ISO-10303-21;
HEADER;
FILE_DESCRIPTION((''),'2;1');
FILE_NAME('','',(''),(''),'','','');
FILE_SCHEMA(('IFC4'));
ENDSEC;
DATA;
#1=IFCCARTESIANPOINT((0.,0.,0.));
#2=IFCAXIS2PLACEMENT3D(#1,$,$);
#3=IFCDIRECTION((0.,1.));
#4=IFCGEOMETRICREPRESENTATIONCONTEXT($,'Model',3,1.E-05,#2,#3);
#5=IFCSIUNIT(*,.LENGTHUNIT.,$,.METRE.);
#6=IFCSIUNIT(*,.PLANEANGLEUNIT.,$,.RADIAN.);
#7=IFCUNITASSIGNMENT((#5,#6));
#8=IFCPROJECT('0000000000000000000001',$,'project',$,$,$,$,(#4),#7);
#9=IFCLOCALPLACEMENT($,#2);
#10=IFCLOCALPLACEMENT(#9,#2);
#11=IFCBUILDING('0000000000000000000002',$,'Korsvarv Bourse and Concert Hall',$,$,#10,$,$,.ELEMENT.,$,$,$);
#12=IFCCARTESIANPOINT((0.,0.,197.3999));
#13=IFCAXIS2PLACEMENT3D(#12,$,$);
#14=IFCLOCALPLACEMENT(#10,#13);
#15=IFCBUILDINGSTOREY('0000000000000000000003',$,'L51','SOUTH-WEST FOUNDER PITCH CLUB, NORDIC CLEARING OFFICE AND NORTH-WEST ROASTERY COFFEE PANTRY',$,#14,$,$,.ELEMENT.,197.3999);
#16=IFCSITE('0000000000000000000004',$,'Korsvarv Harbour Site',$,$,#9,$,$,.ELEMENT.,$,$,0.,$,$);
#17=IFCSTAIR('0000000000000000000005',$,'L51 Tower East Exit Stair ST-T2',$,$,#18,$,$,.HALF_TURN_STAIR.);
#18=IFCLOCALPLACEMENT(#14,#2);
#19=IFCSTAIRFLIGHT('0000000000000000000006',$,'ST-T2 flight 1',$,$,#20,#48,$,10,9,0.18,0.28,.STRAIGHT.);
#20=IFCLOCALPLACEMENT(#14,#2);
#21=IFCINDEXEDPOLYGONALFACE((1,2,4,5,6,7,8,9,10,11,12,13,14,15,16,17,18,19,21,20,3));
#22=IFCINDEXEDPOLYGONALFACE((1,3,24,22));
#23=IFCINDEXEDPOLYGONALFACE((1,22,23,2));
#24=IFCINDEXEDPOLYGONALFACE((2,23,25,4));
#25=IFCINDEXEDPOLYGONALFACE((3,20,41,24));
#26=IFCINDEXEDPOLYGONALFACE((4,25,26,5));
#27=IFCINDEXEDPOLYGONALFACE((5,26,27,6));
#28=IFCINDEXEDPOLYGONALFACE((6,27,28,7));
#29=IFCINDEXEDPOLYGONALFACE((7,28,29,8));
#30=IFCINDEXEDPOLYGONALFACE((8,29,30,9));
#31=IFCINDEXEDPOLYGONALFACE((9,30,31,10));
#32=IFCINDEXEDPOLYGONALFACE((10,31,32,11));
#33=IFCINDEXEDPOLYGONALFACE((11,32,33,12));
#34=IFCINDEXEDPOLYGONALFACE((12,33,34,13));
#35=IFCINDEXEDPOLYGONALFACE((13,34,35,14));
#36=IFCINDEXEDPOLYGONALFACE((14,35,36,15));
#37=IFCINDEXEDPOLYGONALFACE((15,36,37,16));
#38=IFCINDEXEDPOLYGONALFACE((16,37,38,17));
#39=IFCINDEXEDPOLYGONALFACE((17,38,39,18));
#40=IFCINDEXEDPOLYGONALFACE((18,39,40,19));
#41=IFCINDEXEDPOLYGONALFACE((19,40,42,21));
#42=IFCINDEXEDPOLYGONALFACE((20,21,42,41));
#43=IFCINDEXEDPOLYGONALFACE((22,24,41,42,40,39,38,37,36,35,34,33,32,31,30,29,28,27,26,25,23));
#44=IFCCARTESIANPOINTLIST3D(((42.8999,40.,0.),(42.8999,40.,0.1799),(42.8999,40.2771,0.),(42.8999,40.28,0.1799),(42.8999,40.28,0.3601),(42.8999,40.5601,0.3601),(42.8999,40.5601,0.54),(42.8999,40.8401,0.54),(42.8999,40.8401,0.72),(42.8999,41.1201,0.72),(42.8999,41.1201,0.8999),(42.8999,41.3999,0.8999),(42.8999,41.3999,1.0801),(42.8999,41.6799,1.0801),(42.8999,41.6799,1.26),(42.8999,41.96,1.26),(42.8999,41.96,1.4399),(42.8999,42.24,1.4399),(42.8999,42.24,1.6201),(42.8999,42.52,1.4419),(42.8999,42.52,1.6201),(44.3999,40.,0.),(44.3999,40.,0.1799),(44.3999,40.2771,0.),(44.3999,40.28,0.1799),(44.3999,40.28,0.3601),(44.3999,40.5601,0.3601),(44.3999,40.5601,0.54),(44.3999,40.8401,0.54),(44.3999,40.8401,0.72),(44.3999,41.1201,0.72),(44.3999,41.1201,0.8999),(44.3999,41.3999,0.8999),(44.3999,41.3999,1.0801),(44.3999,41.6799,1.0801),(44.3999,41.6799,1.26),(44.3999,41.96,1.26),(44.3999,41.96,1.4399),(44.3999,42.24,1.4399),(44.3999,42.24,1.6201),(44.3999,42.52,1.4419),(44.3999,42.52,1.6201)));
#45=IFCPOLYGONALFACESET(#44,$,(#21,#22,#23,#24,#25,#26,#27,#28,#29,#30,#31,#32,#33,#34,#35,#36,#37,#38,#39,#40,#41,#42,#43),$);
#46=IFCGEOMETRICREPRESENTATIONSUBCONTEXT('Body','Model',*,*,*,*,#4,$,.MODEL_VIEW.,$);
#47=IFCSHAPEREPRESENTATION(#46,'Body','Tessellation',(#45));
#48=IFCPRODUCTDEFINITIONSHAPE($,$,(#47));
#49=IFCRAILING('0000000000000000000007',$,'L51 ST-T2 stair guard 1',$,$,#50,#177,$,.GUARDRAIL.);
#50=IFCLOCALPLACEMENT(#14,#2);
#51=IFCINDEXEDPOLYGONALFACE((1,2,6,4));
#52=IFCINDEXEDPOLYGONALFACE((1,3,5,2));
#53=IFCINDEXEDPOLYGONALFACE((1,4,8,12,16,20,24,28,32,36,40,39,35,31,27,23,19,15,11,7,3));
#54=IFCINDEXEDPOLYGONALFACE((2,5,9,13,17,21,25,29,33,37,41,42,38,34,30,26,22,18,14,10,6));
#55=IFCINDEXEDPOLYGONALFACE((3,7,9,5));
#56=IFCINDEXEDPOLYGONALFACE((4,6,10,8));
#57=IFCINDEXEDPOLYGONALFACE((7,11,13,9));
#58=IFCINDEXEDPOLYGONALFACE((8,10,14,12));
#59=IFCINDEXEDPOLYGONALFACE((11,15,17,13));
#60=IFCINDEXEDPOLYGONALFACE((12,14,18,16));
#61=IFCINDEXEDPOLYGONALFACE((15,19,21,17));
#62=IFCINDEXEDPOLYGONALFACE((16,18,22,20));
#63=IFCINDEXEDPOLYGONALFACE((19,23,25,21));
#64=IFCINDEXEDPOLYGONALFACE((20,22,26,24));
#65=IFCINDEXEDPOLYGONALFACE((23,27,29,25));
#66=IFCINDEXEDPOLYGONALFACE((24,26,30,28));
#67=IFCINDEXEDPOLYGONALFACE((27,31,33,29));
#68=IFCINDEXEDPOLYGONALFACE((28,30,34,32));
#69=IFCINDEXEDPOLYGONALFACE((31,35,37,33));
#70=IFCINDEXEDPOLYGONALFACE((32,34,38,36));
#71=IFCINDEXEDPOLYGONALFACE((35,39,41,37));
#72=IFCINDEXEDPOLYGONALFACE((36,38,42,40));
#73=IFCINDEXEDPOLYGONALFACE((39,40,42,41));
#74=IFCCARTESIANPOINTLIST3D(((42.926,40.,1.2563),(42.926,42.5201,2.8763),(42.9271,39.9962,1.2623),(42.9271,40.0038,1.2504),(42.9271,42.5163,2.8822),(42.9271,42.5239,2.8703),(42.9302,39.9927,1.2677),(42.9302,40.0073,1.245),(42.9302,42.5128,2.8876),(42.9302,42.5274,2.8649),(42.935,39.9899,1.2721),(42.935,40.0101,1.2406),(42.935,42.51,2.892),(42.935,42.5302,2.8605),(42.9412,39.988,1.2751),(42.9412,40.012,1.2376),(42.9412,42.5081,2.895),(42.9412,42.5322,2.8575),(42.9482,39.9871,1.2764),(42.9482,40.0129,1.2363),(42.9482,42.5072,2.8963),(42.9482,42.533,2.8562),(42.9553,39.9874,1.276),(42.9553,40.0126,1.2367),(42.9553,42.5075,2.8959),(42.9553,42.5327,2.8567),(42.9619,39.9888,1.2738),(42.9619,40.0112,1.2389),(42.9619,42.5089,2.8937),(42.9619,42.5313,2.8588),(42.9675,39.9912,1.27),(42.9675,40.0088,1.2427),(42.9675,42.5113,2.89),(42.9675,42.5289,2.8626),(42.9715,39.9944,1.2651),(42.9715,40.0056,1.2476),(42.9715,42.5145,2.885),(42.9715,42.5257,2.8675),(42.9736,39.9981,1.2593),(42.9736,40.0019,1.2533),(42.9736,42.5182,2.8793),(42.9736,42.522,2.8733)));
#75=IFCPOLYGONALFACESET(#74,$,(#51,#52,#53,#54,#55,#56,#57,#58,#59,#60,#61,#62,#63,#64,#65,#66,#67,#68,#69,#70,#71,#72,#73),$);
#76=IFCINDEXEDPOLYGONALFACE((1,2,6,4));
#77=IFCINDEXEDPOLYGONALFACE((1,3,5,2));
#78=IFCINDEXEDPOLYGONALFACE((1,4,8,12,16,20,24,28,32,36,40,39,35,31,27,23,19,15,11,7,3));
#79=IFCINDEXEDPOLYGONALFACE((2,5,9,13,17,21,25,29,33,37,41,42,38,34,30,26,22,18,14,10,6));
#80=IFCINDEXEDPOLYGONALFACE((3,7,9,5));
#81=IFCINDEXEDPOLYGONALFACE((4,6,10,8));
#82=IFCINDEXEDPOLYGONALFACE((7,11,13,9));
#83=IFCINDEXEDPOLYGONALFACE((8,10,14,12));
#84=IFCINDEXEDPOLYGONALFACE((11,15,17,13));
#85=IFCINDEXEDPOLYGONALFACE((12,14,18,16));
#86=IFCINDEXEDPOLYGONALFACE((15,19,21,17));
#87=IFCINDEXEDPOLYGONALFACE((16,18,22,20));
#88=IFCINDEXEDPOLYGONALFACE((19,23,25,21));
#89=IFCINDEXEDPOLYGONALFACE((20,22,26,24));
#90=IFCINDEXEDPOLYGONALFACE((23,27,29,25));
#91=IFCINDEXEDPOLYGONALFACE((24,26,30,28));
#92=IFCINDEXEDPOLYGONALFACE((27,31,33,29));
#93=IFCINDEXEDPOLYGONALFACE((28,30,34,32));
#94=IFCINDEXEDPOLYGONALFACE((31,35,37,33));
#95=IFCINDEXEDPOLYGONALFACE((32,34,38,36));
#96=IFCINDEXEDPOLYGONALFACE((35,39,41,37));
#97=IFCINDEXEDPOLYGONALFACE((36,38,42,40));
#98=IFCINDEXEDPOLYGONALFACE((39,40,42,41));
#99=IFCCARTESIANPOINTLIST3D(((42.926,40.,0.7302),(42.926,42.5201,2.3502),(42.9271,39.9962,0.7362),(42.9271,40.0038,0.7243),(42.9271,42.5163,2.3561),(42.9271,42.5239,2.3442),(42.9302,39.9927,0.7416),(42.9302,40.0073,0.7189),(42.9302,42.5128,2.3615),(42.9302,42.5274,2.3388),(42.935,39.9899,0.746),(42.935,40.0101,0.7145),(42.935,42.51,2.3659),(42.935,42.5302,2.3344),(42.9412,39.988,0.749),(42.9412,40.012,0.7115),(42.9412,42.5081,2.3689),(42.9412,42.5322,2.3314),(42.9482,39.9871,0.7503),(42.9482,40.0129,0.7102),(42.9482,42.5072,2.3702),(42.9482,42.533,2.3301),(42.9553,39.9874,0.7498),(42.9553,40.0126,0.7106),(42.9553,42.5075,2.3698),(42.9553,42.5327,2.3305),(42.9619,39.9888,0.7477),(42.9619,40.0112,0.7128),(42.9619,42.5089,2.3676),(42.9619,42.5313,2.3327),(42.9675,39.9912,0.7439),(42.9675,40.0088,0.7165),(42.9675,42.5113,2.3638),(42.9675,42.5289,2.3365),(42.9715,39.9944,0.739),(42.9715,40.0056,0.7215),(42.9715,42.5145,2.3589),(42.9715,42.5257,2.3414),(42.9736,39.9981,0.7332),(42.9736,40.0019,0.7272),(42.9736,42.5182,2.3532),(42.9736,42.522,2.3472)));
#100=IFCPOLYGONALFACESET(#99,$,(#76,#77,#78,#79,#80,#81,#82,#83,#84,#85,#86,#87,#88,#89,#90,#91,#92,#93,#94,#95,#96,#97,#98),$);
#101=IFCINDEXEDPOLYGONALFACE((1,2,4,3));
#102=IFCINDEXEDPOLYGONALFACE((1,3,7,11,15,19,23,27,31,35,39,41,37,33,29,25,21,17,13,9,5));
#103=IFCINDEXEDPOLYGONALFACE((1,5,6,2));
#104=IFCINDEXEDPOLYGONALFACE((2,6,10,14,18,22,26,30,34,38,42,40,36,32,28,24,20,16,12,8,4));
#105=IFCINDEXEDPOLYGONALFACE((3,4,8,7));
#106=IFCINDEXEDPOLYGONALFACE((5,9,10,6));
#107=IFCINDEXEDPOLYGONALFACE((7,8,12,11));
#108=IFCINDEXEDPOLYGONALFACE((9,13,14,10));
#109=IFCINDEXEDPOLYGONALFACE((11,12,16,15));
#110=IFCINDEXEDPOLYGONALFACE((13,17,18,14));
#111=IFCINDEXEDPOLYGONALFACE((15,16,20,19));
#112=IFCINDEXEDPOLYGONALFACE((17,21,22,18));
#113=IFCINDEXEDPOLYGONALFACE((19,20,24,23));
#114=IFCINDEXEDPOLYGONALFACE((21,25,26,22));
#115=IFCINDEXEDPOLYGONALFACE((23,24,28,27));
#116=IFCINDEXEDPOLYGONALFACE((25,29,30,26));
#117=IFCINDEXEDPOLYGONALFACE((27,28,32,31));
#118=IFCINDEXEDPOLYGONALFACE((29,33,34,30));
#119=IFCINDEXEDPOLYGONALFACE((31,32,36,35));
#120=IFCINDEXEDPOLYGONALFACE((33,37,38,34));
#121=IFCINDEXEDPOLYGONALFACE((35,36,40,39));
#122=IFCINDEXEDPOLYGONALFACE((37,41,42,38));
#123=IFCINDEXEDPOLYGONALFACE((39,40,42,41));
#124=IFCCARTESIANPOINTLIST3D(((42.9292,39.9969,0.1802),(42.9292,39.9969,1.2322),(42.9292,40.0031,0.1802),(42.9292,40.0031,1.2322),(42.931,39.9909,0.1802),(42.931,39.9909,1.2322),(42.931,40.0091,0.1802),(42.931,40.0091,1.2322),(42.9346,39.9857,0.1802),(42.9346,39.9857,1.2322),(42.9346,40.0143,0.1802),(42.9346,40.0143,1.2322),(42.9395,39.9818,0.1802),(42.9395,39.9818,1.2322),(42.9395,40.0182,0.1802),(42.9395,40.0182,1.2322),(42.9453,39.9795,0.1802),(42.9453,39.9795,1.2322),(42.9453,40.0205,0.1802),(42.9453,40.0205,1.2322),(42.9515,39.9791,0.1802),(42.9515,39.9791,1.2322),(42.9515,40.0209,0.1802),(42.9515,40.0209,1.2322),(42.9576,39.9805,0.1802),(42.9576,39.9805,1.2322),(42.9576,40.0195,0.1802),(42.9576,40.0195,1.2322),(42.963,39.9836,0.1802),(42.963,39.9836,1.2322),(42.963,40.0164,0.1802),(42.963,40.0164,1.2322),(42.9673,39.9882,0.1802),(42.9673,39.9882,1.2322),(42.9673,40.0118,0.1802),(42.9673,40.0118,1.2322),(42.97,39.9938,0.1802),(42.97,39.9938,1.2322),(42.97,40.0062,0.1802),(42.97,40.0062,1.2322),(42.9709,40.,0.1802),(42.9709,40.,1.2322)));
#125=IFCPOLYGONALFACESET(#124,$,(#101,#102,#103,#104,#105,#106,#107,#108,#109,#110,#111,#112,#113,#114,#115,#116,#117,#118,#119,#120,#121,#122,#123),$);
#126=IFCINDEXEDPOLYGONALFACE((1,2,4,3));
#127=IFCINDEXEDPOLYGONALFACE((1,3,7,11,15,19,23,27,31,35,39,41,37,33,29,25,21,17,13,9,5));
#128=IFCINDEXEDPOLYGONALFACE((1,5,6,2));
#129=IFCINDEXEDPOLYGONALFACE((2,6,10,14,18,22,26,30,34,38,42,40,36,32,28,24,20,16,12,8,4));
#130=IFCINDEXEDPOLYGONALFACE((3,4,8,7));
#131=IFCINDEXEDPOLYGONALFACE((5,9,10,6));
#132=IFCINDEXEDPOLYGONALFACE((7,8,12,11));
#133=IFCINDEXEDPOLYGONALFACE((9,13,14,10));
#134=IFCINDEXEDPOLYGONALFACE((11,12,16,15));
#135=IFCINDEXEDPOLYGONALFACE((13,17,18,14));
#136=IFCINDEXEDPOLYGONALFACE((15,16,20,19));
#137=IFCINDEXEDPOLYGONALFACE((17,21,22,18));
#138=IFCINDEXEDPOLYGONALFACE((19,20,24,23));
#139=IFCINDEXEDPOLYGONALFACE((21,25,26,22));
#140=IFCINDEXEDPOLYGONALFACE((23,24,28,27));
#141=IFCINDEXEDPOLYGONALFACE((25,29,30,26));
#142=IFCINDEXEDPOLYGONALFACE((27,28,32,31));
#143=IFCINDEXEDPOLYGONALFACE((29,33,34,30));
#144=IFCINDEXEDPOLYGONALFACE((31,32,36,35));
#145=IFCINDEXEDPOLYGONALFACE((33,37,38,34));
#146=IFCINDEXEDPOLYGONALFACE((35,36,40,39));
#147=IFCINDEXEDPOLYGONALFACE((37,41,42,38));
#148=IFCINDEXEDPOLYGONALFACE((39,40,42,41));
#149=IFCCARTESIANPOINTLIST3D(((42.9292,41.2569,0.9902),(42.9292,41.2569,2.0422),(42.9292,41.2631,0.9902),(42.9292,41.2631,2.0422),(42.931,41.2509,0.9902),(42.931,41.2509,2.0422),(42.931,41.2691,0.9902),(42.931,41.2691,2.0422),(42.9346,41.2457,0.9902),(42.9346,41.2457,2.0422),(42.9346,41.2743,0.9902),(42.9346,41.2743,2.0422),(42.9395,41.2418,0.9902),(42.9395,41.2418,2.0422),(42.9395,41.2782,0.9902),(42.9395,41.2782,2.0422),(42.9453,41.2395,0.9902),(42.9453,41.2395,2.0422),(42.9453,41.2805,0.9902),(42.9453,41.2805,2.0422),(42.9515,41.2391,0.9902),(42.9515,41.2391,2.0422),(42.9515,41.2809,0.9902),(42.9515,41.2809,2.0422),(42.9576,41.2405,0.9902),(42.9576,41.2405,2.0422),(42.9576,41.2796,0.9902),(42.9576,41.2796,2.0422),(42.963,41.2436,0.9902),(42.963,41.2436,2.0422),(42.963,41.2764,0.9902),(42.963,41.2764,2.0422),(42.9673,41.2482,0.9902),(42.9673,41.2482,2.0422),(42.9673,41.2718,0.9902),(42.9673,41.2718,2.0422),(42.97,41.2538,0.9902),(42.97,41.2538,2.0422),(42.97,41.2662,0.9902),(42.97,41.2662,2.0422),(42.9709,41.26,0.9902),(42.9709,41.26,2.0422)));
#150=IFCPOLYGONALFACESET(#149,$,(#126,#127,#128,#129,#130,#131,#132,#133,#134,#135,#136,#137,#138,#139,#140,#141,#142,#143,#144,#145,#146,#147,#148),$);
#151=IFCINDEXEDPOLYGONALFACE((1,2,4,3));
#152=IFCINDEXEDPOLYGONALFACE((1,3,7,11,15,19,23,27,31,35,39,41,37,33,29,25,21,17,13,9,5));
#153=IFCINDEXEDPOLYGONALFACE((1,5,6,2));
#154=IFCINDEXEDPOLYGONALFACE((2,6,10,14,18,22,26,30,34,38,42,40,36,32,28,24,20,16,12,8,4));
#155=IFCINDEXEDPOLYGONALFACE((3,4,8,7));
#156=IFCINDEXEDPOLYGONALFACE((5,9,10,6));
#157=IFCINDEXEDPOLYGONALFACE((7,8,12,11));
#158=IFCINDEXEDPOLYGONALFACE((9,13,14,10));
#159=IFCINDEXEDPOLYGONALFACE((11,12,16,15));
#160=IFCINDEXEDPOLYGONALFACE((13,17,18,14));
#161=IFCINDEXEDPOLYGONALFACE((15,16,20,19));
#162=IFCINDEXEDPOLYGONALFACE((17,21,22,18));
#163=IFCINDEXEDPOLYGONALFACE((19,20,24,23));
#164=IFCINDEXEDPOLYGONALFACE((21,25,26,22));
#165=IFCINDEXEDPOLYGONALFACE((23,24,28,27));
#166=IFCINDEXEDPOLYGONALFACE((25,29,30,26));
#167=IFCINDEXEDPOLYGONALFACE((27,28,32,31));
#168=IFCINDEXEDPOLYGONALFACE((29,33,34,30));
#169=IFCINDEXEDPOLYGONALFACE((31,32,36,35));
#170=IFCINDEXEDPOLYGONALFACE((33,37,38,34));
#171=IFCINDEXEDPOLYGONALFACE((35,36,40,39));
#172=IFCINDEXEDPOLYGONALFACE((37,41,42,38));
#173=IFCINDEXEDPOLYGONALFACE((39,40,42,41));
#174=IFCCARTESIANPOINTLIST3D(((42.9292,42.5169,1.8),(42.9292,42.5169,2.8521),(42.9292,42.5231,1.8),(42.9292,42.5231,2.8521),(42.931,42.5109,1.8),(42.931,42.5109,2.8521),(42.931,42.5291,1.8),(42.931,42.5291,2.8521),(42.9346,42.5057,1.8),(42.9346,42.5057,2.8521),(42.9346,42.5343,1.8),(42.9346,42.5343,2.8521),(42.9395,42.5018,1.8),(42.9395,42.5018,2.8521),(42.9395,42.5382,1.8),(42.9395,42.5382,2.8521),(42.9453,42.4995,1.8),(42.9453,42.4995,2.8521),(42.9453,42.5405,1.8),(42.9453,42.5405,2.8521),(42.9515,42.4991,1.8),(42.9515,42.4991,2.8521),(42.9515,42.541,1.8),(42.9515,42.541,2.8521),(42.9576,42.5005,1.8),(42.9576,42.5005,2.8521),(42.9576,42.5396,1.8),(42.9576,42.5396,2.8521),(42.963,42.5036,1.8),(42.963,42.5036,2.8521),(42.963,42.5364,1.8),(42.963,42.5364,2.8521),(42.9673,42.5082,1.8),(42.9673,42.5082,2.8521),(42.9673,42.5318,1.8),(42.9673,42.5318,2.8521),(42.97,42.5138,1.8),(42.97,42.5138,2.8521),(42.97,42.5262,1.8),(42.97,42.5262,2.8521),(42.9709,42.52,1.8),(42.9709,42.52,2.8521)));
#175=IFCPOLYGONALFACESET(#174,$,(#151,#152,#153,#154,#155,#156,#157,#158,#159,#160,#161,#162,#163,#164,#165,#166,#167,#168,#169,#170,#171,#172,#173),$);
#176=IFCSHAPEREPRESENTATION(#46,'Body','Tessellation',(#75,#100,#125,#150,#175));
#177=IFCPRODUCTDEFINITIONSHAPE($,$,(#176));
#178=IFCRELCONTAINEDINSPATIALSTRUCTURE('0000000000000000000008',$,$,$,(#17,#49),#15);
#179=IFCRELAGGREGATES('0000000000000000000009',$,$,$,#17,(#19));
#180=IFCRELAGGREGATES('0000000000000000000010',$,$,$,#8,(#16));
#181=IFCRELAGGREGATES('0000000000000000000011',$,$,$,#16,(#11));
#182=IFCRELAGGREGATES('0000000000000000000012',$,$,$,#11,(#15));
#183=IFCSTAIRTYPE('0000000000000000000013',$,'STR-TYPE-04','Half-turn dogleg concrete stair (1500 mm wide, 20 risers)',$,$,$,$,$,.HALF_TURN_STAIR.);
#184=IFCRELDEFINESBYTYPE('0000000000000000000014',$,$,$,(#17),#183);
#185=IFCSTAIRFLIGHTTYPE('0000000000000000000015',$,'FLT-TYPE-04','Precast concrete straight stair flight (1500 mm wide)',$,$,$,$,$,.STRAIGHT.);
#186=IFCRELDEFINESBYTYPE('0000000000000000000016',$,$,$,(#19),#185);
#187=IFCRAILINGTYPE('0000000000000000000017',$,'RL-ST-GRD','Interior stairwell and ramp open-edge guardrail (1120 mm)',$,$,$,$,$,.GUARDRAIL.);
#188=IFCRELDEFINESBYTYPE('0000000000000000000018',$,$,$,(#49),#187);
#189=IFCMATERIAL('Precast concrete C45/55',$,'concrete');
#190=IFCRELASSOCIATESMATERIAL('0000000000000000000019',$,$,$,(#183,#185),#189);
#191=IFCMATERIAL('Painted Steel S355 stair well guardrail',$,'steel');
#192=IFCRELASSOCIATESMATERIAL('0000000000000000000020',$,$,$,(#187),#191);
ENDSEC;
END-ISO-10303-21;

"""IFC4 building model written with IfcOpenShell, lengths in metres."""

from ifc_helpers import new_model, si_unit, direction, frame, origin, origin_2d, place, context, subcontext, project, spatial, polyline, circle, outline, extrude, material, type_object, element, aggregate, save


model = new_model("IFC4")

# Units and contexts
model_context = context("Model", 3, precision=1e-05, world=origin(), true_north=direction((0.0, 1.0)))
body_context = subcontext(model_context, "Body", "Model", "MODEL_VIEW")
ifc_project = project(units=[si_unit("LENGTHUNIT", "METRE"), si_unit("PLANEANGLEUNIT", "RADIAN")], contexts=[model_context])

# Site, building, storey
site_placement = place(None, origin())
site = spatial("IfcSite", under=ifc_project, at=site_placement, Name="Korsvarv Harbour Site", CompositionType="ELEMENT", RefElevation=0.0)
building_placement = place(site_placement, origin())
building = spatial("IfcBuilding", under=site, at=building_placement, Name="Korsvarv Bourse and Concert Hall", CompositionType="ELEMENT")
storey_placement = place(building_placement, frame((0.0, 0.0, 197.3999)))
storey = spatial("IfcBuildingStorey", under=building, at=storey_placement, Name="L51", Description="SOUTH-WEST FOUNDER PITCH CLUB, NORDIC CLEARING OFFICE AND NORTH-WEST ROASTERY COFFEE PANTRY", CompositionType="ELEMENT", Elevation=197.3999)

# Stair, stair flight
ifc_material_1 = material(Name="Precast concrete C45/55", Category="concrete")
stair_type = type_object("IfcStairType", Name="STR-TYPE-04", Description="Half-turn dogleg concrete stair (1500 mm wide, 20 risers)", PredefinedType="HALF_TURN_STAIR", material=ifc_material_1)
stair_placement = place(storey_placement, origin())
stair = element("IfcStair", 1, at=stair_placement, inside=storey, type_object=stair_type, Name="L51 Tower East Exit Stair ST-T2", PredefinedType="HALF_TURN_STAIR")
stair_flight_type = type_object("IfcStairFlightType", Name="FLT-TYPE-04", Description="Precast concrete straight stair flight (1500 mm wide)", PredefinedType="STRAIGHT", material=ifc_material_1)
stair_flight_placement = place(storey_placement, frame((43.6499, 40.0, 0.0), z_axis=(0.0, 0.0, 1.0), x_axis=(0.0, 1.0, 0.0)))
stair_flight = element("IfcStairFlight", 2, at=stair_flight_placement, type_object=stair_flight_type, Name="ST-T2 flight 1", NumberOfRisers=10, NumberOfTreads=9, PredefinedType="STRAIGHT", RiserHeight=0.18, TreadLength=0.28, context=body_context, shape_type="SweptSolid", body=[
    extrude(outline(polyline([(0.0, 0.0), (0.0, 0.1799), (0.28, 0.1799), (0.28, 0.3601), (0.5601, 0.3601), (0.5601, 0.54), (0.8401, 0.54), (0.8401, 0.72), (1.1201, 0.72), (1.1201, 0.8999), (1.3999, 0.8999), (1.3999, 1.0801), (1.6799, 1.0801), (1.6799, 1.26), (1.96, 1.26), (1.96, 1.4399), (2.24, 1.4399), (2.24, 1.6201), (2.52, 1.6201), (2.52, 1.8), (2.52, 1.4419), (0.2771, 0.0), (0.0, 0.0)])), frame((0.0, 0.75, 0.0), z_axis=(0.0, -1.0, 0.0), x_axis=(1.0, 0.0, 0.0)), (0.0, 0.0, 1.0), 1.5),
])
aggregate(stair, [stair_flight])

# Railing
ifc_material_2 = material(Name="Painted Steel S355 stair well guardrail", Category="steel")
railing_type_1 = type_object("IfcRailingType", Name="RL-ST-GRD", Description="Interior stairwell and ramp open-edge guardrail (1120 mm)", PredefinedType="GUARDRAIL", material=ifc_material_2)
railing_1_placement = place(storey_placement, frame((42.95, 40.0, 0.1802)))
element("IfcRailing", 3, at=railing_1_placement, inside=storey, type_object=railing_type_1, Name="L51 ST-T2 stair guard 1", PredefinedType="GUARDRAIL", context=body_context, shape_type="SweptSolid", body=[
    extrude(circle(Radius=0.0239, at=origin_2d()), frame((0.0, 0.0, 1.0762), z_axis=(0.0, 0.8412, 0.540725), x_axis=(-1.0, 0.0, 0.0)), (0.0, 0.0, 1.0), 2.9958),
    extrude(circle(Radius=0.0239, at=origin_2d()), frame((0.0, 0.0, 0.55), z_axis=(0.0, 0.8412, 0.540725), x_axis=(-1.0, 0.0, 0.0)), (0.0, 0.0, 1.0), 2.9958),
    extrude(circle(Radius=0.021, at=origin_2d()), origin(), (0.0, 0.0, 1.0), 1.052),
    extrude(circle(Radius=0.021, at=origin_2d()), frame((0.0, 1.26, 0.8101)), (0.0, 0.0, 1.0), 1.052),
    extrude(circle(Radius=0.021, at=origin_2d()), frame((0.0, 2.52, 1.6199)), (0.0, 0.0, 1.0), 1.052),
])

save(model, "model.ifc")
